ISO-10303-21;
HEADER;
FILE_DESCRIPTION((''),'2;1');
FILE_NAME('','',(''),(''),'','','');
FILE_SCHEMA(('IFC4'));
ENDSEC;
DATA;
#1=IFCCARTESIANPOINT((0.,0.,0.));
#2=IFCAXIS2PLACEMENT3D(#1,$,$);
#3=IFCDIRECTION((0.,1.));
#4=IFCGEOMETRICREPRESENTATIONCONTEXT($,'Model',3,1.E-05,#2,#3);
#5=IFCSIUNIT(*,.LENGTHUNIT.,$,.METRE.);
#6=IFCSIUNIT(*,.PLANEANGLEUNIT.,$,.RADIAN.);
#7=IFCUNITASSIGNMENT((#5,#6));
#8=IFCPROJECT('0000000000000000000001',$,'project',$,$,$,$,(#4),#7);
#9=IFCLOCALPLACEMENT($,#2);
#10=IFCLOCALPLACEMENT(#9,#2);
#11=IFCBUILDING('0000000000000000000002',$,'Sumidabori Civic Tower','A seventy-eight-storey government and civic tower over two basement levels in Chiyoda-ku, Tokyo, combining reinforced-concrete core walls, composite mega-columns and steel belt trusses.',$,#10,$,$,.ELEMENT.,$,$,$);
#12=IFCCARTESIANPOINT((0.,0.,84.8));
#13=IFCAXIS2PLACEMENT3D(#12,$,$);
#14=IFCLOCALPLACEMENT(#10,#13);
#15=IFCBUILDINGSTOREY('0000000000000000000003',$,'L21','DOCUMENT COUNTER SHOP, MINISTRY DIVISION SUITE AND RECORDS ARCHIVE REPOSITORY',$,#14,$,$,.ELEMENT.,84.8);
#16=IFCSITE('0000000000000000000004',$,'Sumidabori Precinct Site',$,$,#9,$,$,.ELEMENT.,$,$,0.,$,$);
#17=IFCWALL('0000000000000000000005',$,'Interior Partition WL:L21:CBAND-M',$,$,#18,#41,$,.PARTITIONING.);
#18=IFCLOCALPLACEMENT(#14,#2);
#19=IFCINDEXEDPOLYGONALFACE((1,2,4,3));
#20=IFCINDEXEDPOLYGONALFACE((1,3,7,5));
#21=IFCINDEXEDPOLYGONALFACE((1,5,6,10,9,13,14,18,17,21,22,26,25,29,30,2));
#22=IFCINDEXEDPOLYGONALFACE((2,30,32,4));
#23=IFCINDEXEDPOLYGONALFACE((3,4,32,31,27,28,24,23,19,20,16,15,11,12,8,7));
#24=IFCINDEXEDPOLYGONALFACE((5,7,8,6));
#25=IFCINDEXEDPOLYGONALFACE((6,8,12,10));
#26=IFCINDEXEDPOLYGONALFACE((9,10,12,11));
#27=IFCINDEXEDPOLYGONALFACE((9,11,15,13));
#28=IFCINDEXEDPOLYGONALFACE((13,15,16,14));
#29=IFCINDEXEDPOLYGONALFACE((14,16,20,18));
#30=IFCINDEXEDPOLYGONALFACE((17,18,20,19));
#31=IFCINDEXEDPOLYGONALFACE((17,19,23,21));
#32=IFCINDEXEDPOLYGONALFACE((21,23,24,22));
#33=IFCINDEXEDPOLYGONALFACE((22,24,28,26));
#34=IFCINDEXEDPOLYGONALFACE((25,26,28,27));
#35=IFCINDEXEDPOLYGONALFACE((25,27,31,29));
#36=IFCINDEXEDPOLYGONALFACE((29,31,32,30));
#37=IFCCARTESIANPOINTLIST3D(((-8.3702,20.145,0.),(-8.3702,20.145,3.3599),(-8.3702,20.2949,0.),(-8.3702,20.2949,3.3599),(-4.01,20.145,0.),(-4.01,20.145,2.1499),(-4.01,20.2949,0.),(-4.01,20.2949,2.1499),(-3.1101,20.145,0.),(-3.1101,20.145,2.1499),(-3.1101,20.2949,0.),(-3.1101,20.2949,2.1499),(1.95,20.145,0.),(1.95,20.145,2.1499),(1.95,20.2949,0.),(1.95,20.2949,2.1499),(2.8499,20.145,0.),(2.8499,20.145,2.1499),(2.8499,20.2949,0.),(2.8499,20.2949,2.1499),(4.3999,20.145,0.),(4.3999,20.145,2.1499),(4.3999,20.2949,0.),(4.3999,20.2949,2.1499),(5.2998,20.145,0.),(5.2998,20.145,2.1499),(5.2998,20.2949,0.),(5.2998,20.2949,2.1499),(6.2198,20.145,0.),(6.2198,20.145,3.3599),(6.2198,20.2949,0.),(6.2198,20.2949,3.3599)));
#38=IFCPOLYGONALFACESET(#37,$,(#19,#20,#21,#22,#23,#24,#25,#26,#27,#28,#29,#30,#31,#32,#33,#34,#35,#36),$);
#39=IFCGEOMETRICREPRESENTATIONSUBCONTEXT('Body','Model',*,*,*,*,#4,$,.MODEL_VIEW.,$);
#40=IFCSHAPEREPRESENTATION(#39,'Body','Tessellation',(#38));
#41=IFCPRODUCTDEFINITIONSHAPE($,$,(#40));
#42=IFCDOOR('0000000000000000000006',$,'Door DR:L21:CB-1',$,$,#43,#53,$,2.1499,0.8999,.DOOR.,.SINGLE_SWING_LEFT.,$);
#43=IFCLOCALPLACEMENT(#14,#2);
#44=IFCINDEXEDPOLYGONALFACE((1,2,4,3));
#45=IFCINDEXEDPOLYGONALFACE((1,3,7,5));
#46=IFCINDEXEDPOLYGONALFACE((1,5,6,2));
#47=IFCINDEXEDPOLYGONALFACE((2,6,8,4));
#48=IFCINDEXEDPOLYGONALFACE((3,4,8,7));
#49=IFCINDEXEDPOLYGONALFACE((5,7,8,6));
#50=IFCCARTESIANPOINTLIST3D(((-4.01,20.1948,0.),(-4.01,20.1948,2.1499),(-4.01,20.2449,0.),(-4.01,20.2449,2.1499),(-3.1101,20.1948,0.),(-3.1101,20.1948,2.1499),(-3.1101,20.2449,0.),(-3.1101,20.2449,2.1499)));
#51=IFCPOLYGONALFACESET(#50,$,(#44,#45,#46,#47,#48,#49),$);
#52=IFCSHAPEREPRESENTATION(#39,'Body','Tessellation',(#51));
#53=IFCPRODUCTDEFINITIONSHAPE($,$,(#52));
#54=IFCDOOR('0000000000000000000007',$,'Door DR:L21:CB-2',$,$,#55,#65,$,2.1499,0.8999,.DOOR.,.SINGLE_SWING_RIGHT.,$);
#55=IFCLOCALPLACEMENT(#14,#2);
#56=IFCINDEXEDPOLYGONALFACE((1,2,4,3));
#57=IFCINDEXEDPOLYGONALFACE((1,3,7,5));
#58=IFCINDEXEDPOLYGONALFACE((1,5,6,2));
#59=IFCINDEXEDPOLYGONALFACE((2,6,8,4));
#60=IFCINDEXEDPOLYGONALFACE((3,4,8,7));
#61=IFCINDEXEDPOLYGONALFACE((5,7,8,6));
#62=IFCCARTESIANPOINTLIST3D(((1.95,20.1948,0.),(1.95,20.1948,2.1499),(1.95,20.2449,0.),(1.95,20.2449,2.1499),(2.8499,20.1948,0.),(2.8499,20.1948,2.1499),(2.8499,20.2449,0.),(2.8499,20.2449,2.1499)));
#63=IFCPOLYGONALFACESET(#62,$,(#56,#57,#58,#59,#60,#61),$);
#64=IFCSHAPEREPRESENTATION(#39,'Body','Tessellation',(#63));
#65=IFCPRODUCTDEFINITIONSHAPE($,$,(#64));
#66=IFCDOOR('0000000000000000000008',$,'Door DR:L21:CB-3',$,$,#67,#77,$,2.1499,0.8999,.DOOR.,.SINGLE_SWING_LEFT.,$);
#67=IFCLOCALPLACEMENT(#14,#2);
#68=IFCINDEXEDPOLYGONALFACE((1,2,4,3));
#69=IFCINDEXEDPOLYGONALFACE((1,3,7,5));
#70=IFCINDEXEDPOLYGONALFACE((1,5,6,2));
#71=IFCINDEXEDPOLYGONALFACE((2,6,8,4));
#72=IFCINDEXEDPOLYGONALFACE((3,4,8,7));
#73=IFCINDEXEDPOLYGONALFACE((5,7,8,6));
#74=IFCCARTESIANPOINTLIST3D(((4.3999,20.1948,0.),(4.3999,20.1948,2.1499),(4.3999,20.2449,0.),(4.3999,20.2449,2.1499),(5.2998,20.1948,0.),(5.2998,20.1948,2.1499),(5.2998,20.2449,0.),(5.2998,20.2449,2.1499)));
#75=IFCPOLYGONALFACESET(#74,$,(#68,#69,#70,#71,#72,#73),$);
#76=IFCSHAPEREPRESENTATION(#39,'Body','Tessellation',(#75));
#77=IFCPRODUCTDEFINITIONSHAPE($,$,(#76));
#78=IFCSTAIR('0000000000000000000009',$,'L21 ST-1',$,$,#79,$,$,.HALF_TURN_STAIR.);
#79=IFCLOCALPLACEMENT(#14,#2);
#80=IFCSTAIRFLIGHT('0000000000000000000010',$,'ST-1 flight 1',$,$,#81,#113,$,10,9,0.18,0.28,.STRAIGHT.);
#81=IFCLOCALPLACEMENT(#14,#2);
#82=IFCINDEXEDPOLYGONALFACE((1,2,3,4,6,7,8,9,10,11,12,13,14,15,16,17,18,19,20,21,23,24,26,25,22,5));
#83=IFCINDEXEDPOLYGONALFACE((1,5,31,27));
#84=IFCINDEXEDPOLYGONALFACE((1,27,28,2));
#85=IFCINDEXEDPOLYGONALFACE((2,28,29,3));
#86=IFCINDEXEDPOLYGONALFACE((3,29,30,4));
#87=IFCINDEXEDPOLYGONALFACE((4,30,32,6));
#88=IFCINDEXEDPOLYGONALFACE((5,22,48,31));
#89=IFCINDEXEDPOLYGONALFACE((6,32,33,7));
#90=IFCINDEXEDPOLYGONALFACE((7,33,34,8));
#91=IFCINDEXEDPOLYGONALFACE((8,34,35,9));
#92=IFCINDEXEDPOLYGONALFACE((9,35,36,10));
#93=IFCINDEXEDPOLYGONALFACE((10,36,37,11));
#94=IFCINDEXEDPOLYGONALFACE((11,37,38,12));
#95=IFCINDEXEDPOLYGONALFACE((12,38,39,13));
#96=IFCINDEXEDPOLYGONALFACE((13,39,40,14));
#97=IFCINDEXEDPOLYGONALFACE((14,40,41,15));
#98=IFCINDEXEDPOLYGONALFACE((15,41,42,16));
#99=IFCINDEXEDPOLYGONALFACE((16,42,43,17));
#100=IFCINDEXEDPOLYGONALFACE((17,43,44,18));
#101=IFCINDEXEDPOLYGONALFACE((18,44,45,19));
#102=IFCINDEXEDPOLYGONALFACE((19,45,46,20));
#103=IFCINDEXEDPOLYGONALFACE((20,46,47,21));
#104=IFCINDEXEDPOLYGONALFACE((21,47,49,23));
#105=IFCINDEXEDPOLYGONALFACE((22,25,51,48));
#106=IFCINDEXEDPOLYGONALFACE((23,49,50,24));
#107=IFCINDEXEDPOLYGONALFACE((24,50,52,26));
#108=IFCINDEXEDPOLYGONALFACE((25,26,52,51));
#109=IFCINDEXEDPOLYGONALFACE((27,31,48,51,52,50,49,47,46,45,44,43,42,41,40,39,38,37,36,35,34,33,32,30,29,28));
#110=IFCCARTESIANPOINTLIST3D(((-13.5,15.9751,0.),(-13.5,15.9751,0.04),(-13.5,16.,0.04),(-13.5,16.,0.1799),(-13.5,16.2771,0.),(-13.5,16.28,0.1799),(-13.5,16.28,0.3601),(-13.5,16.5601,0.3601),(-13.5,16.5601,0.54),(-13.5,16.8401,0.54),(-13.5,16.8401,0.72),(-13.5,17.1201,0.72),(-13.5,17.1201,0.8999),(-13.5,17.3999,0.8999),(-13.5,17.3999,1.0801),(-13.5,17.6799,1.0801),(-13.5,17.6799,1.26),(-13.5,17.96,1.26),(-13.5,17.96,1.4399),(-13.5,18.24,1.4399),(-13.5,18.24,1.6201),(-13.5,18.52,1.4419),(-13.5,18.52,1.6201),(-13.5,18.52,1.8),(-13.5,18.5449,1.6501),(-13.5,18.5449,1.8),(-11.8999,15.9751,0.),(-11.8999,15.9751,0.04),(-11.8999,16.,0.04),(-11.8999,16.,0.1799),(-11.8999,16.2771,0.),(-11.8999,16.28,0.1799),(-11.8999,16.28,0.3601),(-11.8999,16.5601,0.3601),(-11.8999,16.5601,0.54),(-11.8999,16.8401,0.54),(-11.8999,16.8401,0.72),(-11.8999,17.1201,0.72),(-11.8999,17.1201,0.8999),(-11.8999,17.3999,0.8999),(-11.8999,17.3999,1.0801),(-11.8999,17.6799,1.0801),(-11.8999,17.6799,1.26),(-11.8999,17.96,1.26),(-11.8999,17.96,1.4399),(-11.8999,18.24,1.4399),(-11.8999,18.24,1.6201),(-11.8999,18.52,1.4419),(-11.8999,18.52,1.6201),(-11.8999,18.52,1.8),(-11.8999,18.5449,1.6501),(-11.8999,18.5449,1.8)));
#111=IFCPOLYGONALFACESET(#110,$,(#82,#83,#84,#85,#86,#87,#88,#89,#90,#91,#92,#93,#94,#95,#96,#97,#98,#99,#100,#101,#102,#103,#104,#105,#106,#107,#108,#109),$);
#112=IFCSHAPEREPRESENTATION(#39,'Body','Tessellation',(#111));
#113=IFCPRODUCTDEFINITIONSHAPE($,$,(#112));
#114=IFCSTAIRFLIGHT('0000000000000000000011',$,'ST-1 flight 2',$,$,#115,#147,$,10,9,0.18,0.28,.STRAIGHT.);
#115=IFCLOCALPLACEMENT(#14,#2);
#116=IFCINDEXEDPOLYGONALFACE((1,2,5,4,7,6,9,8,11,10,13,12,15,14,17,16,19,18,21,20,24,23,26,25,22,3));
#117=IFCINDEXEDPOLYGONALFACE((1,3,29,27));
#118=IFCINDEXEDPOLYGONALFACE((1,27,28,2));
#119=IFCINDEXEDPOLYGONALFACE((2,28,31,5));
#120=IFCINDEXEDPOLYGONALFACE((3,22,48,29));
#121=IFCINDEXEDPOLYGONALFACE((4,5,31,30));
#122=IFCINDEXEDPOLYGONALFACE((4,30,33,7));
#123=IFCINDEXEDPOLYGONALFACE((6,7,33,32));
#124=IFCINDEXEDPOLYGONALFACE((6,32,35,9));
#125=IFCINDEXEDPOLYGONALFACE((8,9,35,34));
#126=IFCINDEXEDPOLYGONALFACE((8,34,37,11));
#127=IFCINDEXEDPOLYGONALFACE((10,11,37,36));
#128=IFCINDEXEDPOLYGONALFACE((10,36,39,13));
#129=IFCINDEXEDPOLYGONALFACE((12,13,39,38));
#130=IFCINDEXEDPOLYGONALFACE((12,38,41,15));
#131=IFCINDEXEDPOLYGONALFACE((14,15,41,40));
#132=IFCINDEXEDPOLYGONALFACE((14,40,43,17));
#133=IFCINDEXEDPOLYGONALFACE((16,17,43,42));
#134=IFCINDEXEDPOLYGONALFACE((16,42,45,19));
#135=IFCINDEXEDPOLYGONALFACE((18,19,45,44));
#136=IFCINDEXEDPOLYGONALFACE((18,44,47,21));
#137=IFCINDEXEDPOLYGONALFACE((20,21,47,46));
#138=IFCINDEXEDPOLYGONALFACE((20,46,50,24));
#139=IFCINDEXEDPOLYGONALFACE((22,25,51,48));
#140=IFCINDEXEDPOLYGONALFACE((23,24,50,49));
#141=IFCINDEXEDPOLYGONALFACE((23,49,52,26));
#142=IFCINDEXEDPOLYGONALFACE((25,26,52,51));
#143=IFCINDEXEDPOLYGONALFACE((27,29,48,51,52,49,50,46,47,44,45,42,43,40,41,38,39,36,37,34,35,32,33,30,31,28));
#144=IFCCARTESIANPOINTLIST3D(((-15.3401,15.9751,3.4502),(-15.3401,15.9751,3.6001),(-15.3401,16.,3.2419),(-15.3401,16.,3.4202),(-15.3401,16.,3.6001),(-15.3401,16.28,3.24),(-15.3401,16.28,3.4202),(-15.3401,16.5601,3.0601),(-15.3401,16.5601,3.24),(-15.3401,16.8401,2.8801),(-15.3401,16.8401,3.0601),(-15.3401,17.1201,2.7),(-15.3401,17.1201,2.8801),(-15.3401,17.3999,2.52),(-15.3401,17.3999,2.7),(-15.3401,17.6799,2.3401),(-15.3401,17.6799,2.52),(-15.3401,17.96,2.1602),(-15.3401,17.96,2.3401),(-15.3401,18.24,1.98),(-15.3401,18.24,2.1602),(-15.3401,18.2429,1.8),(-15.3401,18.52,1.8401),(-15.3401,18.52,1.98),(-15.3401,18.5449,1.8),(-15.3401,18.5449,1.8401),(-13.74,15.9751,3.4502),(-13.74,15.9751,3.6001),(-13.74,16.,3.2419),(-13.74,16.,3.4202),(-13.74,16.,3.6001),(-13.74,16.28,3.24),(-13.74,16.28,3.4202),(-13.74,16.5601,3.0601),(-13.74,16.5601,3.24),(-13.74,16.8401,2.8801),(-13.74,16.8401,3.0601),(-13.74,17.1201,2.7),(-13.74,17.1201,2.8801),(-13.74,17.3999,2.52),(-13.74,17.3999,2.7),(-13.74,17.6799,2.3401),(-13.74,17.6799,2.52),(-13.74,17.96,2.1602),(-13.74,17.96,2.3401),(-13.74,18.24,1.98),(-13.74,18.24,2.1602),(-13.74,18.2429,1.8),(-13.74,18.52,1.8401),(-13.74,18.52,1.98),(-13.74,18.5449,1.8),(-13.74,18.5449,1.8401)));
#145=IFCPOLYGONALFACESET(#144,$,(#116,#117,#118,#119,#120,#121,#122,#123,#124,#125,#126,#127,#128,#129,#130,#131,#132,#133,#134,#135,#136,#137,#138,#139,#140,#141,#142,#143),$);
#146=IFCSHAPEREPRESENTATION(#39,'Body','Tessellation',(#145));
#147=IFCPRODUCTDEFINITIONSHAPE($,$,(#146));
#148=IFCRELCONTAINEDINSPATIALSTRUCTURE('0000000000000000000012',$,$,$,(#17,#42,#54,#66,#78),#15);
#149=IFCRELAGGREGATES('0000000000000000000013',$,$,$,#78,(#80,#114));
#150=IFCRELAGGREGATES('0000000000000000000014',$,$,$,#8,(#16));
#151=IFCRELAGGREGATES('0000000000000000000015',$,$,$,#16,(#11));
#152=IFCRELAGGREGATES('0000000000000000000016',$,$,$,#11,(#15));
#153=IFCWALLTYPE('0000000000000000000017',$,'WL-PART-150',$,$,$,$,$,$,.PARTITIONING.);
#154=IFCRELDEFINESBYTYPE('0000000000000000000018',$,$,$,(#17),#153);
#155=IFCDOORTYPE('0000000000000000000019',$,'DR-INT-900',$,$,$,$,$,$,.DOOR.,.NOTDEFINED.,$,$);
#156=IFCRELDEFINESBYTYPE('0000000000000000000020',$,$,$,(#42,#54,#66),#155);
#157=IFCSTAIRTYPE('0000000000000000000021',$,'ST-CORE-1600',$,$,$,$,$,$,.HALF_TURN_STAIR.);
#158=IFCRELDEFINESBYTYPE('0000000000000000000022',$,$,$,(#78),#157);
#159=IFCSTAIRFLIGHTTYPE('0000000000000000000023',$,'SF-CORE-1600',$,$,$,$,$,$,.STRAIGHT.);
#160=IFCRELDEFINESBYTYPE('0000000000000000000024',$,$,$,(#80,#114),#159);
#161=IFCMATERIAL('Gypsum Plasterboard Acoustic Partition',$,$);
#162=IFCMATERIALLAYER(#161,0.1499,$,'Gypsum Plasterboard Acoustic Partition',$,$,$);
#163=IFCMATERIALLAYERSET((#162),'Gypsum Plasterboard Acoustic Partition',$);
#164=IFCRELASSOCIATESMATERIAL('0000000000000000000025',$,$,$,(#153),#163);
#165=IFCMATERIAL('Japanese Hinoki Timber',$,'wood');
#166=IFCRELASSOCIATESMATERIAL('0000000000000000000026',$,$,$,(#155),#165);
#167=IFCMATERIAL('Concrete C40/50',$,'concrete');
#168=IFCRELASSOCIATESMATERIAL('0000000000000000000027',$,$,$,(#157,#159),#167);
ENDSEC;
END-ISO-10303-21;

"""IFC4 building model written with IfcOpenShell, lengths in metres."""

from ifc_helpers import new_model, si_unit, direction, frame, frame_2d, origin, place, context, subcontext, project, spatial, polyline, rectangle, outline, extrude, source, transform, mapped, material, layer, layer_set, type_object, element, fill, aggregate, save


model = new_model("IFC4")

# Units and contexts
model_context = context("Model", 3, precision=1e-05, world=origin(), true_north=direction((0.0, 1.0)))
body_context = subcontext(model_context, "Body", "Model", "MODEL_VIEW")
ifc_project = project(units=[si_unit("LENGTHUNIT", "METRE"), si_unit("PLANEANGLEUNIT", "RADIAN")], contexts=[model_context])

# Site, building, storey
site_placement = place(None, origin())
site = spatial("IfcSite", under=ifc_project, at=site_placement, Name="Sumidabori Precinct Site", CompositionType="ELEMENT", RefElevation=0.0)
building_placement = place(site_placement, origin())
building = spatial("IfcBuilding", under=site, at=building_placement, Name="Sumidabori Civic Tower", Description="A seventy-eight-storey government and civic tower over two basement levels in Chiyoda-ku, Tokyo, combining reinforced-concrete core walls, composite mega-columns and steel belt trusses.", CompositionType="ELEMENT")
storey_placement = place(building_placement, frame((0.0, 0.0, 84.8)))
storey = spatial("IfcBuildingStorey", under=building, at=storey_placement, Name="L21", Description="DOCUMENT COUNTER SHOP, MINISTRY DIVISION SUITE AND RECORDS ARCHIVE REPOSITORY", CompositionType="ELEMENT", Elevation=84.8)

# Wall, openings, doors
ifc_material_1 = material(Name="Gypsum Plasterboard Acoustic Partition")
ifc_layer_1 = layer(ifc_material_1, 0.1499, Name="Gypsum Plasterboard Acoustic Partition")
ifc_layer_set_1 = layer_set([ifc_layer_1], Name="Gypsum Plasterboard Acoustic Partition")
wall_type_1 = type_object("IfcWallType", Name="WL-PART-150", PredefinedType="PARTITIONING", material=ifc_layer_set_1)
shared_shape_1 = source(origin(), body_context, "Body", "SweptSolid", [
    extrude(rectangle(XDim=14.5901, YDim=0.1499, at=frame_2d((7.2949, 0.0))), origin(), (0.0, 0.0, 1.0), 3.3599),
])
wall_1_placement = place(storey_placement, frame((-8.3701, 20.22, 0.0), z_axis=(0.0, 0.0, 1.0), x_axis=(1.0, 0.0, 0.0)))
wall_1 = element("IfcWall", 1, at=wall_1_placement, inside=storey, type_object=wall_type_1, Name="Interior Partition WL:L21:CBAND-M", PredefinedType="PARTITIONING", context=body_context, shape_type="MappedRepresentation", body=[
    mapped(shared_shape_1, transform((0.0, 0.0, 0.0), x_axis=(1.0, 0.0, 0.0), y_axis=(0.0, 1.0, 0.0), z_axis=(0.0, 0.0, 1.0), scale=1.0)),
])
opening_1_placement = place(wall_1_placement, frame((4.3601, 0.0, 0.0)))
opening_1 = element("IfcOpeningElement", 2, at=opening_1_placement, cuts=wall_1, PredefinedType="OPENING", context=body_context, shape_type="SweptSolid", body=[
    extrude(rectangle(XDim=0.8999, YDim=2.1499, at=frame_2d((0.45, 1.075))), frame((0.0, 0.0869, 0.0), z_axis=(0.0, -1.0, 0.0), x_axis=(1.0, 0.0, 0.0)), (0.0, 0.0, 1.0), 0.1738),
])
opening_2_placement = place(wall_1_placement, frame((10.3201, 0.0, 0.0)))
opening_2 = element("IfcOpeningElement", 3, at=opening_2_placement, cuts=wall_1, PredefinedType="OPENING", context=body_context, shape_type="SweptSolid", body=[
    extrude(rectangle(XDim=0.8999, YDim=2.1499, at=frame_2d((0.45, 1.075))), frame((0.0, 0.0869, 0.0), z_axis=(0.0, -1.0, 0.0), x_axis=(1.0, 0.0, 0.0)), (0.0, 0.0, 1.0), 0.1738),
])
opening_3_placement = place(wall_1_placement, frame((12.77, 0.0, 0.0)))
opening_3 = element("IfcOpeningElement", 4, at=opening_3_placement, cuts=wall_1, PredefinedType="OPENING", context=body_context, shape_type="SweptSolid", body=[
    extrude(rectangle(XDim=0.8999, YDim=2.1499, at=frame_2d((0.45, 1.075))), frame((0.0, 0.0869, 0.0), z_axis=(0.0, -1.0, 0.0), x_axis=(1.0, 0.0, 0.0)), (0.0, 0.0, 1.0), 0.1738),
])
ifc_material_2 = material(Name="Japanese Hinoki Timber", Category="wood")
door_type = type_object("IfcDoorType", Name="DR-INT-900", OperationType="NOTDEFINED", PredefinedType="DOOR", material=ifc_material_2)
shared_shape_2 = source(origin(), body_context, "Body", "SweptSolid", [
    extrude(rectangle(XDim=0.8999, YDim=2.1499, at=frame_2d((0.45, 1.075))), frame((0.0, 0.0249, 0.0), z_axis=(0.0, -1.0, 0.0), x_axis=(1.0, 0.0, 0.0)), (0.0, 0.0, 1.0), 0.05),
])
door_1_placement = place(opening_1_placement, origin())
door_1 = element("IfcDoor", 5, at=door_1_placement, inside=storey, type_object=door_type, Name="Door DR:L21:CB-1", OperationType="SINGLE_SWING_LEFT", OverallHeight=2.1499, OverallWidth=0.8999, PredefinedType="DOOR", context=body_context, shape_type="MappedRepresentation", body=[
    mapped(shared_shape_2, transform((0.0, 0.0, 0.0), x_axis=(1.0, 0.0, 0.0), y_axis=(0.0, 1.0, 0.0), z_axis=(0.0, 0.0, 1.0), scale=1.0)),
])
fill(opening_1, door_1)
door_2_placement = place(opening_2_placement, origin())
door_2 = element("IfcDoor", 6, at=door_2_placement, inside=storey, type_object=door_type, Name="Door DR:L21:CB-2", OperationType="SINGLE_SWING_RIGHT", OverallHeight=2.1499, OverallWidth=0.8999, PredefinedType="DOOR", context=body_context, shape_type="MappedRepresentation", body=[
    mapped(shared_shape_2, transform((0.0, 0.0, 0.0), x_axis=(1.0, 0.0, 0.0), y_axis=(0.0, 1.0, 0.0), z_axis=(0.0, 0.0, 1.0), scale=1.0)),
])
fill(opening_2, door_2)
door_3_placement = place(opening_3_placement, origin())
door_3 = element("IfcDoor", 7, at=door_3_placement, inside=storey, type_object=door_type, Name="Door DR:L21:CB-3", OperationType="SINGLE_SWING_LEFT", OverallHeight=2.1499, OverallWidth=0.8999, PredefinedType="DOOR", context=body_context, shape_type="MappedRepresentation", body=[
    mapped(shared_shape_2, transform((0.0, 0.0, 0.0), x_axis=(1.0, 0.0, 0.0), y_axis=(0.0, 1.0, 0.0), z_axis=(0.0, 0.0, 1.0), scale=1.0)),
])
fill(opening_3, door_3)

# Stair, stair flights
ifc_material_3 = material(Name="Concrete C40/50", Category="concrete")
stair_type = type_object("IfcStairType", Name="ST-CORE-1600", PredefinedType="HALF_TURN_STAIR", material=ifc_material_3)
stair_placement = place(storey_placement, origin())
stair = element("IfcStair", 8, at=stair_placement, inside=storey, type_object=stair_type, Name="L21 ST-1", PredefinedType="HALF_TURN_STAIR")
stair_flight_type = type_object("IfcStairFlightType", Name="SF-CORE-1600", PredefinedType="STRAIGHT", material=ifc_material_3)
shared_shape_3 = source(origin(), body_context, "Body", "SweptSolid", [
    extrude(outline(polyline([(-0.0249, 0.0), (-0.0249, 0.04), (0.0, 0.04), (0.0, 0.1799), (0.28, 0.1799), (0.28, 0.3601), (0.5601, 0.3601), (0.5601, 0.54), (0.8401, 0.54), (0.8401, 0.72), (1.1201, 0.72), (1.1201, 0.8999), (1.3999, 0.8999), (1.3999, 1.0801), (1.6799, 1.0801), (1.6799, 1.26), (1.96, 1.26), (1.96, 1.4399), (2.24, 1.4399), (2.24, 1.6201), (2.52, 1.6201), (2.52, 1.8), (2.5449, 1.8), (2.5449, 1.6501), (2.52, 1.4419), (0.2771, 0.0), (-0.0249, 0.0)])), frame((0.0, 0.8, 0.0), z_axis=(0.0, -1.0, 0.0), x_axis=(1.0, 0.0, 0.0)), (0.0, 0.0, 1.0), 1.6001),
])
stair_flight_1_placement = place(storey_placement, frame((-12.7, 16.0, 0.0), z_axis=(0.0, 0.0, 1.0), x_axis=(0.0, 1.0, 0.0)))
stair_flight_1 = element("IfcStairFlight", 9, at=stair_flight_1_placement, type_object=stair_flight_type, Name="ST-1 flight 1", NumberOfRisers=10, NumberOfTreads=9, PredefinedType="STRAIGHT", RiserHeight=0.18, TreadLength=0.28, context=body_context, shape_type="MappedRepresentation", body=[
    mapped(shared_shape_3, transform((0.0, 0.0, 0.0), x_axis=(1.0, 0.0, 0.0), y_axis=(0.0, 1.0, 0.0), z_axis=(0.0, 0.0, 1.0), scale=1.0)),
])
stair_flight_2_placement = place(storey_placement, frame((-14.54, 18.52, 1.8), z_axis=(0.0, 0.0, 1.0), x_axis=(0.0, -1.0, 0.0)))
stair_flight_2 = element("IfcStairFlight", 10, at=stair_flight_2_placement, type_object=stair_flight_type, Name="ST-1 flight 2", NumberOfRisers=10, NumberOfTreads=9, PredefinedType="STRAIGHT", RiserHeight=0.18, TreadLength=0.28, context=body_context, shape_type="MappedRepresentation", body=[
    mapped(shared_shape_3, transform((0.0, 0.0, 0.0), x_axis=(1.0, 0.0, 0.0), y_axis=(0.0, 1.0, 0.0), z_axis=(0.0, 0.0, 1.0), scale=1.0)),
])
aggregate(stair, [stair_flight_1, stair_flight_2])

save(model, "model.ifc")
